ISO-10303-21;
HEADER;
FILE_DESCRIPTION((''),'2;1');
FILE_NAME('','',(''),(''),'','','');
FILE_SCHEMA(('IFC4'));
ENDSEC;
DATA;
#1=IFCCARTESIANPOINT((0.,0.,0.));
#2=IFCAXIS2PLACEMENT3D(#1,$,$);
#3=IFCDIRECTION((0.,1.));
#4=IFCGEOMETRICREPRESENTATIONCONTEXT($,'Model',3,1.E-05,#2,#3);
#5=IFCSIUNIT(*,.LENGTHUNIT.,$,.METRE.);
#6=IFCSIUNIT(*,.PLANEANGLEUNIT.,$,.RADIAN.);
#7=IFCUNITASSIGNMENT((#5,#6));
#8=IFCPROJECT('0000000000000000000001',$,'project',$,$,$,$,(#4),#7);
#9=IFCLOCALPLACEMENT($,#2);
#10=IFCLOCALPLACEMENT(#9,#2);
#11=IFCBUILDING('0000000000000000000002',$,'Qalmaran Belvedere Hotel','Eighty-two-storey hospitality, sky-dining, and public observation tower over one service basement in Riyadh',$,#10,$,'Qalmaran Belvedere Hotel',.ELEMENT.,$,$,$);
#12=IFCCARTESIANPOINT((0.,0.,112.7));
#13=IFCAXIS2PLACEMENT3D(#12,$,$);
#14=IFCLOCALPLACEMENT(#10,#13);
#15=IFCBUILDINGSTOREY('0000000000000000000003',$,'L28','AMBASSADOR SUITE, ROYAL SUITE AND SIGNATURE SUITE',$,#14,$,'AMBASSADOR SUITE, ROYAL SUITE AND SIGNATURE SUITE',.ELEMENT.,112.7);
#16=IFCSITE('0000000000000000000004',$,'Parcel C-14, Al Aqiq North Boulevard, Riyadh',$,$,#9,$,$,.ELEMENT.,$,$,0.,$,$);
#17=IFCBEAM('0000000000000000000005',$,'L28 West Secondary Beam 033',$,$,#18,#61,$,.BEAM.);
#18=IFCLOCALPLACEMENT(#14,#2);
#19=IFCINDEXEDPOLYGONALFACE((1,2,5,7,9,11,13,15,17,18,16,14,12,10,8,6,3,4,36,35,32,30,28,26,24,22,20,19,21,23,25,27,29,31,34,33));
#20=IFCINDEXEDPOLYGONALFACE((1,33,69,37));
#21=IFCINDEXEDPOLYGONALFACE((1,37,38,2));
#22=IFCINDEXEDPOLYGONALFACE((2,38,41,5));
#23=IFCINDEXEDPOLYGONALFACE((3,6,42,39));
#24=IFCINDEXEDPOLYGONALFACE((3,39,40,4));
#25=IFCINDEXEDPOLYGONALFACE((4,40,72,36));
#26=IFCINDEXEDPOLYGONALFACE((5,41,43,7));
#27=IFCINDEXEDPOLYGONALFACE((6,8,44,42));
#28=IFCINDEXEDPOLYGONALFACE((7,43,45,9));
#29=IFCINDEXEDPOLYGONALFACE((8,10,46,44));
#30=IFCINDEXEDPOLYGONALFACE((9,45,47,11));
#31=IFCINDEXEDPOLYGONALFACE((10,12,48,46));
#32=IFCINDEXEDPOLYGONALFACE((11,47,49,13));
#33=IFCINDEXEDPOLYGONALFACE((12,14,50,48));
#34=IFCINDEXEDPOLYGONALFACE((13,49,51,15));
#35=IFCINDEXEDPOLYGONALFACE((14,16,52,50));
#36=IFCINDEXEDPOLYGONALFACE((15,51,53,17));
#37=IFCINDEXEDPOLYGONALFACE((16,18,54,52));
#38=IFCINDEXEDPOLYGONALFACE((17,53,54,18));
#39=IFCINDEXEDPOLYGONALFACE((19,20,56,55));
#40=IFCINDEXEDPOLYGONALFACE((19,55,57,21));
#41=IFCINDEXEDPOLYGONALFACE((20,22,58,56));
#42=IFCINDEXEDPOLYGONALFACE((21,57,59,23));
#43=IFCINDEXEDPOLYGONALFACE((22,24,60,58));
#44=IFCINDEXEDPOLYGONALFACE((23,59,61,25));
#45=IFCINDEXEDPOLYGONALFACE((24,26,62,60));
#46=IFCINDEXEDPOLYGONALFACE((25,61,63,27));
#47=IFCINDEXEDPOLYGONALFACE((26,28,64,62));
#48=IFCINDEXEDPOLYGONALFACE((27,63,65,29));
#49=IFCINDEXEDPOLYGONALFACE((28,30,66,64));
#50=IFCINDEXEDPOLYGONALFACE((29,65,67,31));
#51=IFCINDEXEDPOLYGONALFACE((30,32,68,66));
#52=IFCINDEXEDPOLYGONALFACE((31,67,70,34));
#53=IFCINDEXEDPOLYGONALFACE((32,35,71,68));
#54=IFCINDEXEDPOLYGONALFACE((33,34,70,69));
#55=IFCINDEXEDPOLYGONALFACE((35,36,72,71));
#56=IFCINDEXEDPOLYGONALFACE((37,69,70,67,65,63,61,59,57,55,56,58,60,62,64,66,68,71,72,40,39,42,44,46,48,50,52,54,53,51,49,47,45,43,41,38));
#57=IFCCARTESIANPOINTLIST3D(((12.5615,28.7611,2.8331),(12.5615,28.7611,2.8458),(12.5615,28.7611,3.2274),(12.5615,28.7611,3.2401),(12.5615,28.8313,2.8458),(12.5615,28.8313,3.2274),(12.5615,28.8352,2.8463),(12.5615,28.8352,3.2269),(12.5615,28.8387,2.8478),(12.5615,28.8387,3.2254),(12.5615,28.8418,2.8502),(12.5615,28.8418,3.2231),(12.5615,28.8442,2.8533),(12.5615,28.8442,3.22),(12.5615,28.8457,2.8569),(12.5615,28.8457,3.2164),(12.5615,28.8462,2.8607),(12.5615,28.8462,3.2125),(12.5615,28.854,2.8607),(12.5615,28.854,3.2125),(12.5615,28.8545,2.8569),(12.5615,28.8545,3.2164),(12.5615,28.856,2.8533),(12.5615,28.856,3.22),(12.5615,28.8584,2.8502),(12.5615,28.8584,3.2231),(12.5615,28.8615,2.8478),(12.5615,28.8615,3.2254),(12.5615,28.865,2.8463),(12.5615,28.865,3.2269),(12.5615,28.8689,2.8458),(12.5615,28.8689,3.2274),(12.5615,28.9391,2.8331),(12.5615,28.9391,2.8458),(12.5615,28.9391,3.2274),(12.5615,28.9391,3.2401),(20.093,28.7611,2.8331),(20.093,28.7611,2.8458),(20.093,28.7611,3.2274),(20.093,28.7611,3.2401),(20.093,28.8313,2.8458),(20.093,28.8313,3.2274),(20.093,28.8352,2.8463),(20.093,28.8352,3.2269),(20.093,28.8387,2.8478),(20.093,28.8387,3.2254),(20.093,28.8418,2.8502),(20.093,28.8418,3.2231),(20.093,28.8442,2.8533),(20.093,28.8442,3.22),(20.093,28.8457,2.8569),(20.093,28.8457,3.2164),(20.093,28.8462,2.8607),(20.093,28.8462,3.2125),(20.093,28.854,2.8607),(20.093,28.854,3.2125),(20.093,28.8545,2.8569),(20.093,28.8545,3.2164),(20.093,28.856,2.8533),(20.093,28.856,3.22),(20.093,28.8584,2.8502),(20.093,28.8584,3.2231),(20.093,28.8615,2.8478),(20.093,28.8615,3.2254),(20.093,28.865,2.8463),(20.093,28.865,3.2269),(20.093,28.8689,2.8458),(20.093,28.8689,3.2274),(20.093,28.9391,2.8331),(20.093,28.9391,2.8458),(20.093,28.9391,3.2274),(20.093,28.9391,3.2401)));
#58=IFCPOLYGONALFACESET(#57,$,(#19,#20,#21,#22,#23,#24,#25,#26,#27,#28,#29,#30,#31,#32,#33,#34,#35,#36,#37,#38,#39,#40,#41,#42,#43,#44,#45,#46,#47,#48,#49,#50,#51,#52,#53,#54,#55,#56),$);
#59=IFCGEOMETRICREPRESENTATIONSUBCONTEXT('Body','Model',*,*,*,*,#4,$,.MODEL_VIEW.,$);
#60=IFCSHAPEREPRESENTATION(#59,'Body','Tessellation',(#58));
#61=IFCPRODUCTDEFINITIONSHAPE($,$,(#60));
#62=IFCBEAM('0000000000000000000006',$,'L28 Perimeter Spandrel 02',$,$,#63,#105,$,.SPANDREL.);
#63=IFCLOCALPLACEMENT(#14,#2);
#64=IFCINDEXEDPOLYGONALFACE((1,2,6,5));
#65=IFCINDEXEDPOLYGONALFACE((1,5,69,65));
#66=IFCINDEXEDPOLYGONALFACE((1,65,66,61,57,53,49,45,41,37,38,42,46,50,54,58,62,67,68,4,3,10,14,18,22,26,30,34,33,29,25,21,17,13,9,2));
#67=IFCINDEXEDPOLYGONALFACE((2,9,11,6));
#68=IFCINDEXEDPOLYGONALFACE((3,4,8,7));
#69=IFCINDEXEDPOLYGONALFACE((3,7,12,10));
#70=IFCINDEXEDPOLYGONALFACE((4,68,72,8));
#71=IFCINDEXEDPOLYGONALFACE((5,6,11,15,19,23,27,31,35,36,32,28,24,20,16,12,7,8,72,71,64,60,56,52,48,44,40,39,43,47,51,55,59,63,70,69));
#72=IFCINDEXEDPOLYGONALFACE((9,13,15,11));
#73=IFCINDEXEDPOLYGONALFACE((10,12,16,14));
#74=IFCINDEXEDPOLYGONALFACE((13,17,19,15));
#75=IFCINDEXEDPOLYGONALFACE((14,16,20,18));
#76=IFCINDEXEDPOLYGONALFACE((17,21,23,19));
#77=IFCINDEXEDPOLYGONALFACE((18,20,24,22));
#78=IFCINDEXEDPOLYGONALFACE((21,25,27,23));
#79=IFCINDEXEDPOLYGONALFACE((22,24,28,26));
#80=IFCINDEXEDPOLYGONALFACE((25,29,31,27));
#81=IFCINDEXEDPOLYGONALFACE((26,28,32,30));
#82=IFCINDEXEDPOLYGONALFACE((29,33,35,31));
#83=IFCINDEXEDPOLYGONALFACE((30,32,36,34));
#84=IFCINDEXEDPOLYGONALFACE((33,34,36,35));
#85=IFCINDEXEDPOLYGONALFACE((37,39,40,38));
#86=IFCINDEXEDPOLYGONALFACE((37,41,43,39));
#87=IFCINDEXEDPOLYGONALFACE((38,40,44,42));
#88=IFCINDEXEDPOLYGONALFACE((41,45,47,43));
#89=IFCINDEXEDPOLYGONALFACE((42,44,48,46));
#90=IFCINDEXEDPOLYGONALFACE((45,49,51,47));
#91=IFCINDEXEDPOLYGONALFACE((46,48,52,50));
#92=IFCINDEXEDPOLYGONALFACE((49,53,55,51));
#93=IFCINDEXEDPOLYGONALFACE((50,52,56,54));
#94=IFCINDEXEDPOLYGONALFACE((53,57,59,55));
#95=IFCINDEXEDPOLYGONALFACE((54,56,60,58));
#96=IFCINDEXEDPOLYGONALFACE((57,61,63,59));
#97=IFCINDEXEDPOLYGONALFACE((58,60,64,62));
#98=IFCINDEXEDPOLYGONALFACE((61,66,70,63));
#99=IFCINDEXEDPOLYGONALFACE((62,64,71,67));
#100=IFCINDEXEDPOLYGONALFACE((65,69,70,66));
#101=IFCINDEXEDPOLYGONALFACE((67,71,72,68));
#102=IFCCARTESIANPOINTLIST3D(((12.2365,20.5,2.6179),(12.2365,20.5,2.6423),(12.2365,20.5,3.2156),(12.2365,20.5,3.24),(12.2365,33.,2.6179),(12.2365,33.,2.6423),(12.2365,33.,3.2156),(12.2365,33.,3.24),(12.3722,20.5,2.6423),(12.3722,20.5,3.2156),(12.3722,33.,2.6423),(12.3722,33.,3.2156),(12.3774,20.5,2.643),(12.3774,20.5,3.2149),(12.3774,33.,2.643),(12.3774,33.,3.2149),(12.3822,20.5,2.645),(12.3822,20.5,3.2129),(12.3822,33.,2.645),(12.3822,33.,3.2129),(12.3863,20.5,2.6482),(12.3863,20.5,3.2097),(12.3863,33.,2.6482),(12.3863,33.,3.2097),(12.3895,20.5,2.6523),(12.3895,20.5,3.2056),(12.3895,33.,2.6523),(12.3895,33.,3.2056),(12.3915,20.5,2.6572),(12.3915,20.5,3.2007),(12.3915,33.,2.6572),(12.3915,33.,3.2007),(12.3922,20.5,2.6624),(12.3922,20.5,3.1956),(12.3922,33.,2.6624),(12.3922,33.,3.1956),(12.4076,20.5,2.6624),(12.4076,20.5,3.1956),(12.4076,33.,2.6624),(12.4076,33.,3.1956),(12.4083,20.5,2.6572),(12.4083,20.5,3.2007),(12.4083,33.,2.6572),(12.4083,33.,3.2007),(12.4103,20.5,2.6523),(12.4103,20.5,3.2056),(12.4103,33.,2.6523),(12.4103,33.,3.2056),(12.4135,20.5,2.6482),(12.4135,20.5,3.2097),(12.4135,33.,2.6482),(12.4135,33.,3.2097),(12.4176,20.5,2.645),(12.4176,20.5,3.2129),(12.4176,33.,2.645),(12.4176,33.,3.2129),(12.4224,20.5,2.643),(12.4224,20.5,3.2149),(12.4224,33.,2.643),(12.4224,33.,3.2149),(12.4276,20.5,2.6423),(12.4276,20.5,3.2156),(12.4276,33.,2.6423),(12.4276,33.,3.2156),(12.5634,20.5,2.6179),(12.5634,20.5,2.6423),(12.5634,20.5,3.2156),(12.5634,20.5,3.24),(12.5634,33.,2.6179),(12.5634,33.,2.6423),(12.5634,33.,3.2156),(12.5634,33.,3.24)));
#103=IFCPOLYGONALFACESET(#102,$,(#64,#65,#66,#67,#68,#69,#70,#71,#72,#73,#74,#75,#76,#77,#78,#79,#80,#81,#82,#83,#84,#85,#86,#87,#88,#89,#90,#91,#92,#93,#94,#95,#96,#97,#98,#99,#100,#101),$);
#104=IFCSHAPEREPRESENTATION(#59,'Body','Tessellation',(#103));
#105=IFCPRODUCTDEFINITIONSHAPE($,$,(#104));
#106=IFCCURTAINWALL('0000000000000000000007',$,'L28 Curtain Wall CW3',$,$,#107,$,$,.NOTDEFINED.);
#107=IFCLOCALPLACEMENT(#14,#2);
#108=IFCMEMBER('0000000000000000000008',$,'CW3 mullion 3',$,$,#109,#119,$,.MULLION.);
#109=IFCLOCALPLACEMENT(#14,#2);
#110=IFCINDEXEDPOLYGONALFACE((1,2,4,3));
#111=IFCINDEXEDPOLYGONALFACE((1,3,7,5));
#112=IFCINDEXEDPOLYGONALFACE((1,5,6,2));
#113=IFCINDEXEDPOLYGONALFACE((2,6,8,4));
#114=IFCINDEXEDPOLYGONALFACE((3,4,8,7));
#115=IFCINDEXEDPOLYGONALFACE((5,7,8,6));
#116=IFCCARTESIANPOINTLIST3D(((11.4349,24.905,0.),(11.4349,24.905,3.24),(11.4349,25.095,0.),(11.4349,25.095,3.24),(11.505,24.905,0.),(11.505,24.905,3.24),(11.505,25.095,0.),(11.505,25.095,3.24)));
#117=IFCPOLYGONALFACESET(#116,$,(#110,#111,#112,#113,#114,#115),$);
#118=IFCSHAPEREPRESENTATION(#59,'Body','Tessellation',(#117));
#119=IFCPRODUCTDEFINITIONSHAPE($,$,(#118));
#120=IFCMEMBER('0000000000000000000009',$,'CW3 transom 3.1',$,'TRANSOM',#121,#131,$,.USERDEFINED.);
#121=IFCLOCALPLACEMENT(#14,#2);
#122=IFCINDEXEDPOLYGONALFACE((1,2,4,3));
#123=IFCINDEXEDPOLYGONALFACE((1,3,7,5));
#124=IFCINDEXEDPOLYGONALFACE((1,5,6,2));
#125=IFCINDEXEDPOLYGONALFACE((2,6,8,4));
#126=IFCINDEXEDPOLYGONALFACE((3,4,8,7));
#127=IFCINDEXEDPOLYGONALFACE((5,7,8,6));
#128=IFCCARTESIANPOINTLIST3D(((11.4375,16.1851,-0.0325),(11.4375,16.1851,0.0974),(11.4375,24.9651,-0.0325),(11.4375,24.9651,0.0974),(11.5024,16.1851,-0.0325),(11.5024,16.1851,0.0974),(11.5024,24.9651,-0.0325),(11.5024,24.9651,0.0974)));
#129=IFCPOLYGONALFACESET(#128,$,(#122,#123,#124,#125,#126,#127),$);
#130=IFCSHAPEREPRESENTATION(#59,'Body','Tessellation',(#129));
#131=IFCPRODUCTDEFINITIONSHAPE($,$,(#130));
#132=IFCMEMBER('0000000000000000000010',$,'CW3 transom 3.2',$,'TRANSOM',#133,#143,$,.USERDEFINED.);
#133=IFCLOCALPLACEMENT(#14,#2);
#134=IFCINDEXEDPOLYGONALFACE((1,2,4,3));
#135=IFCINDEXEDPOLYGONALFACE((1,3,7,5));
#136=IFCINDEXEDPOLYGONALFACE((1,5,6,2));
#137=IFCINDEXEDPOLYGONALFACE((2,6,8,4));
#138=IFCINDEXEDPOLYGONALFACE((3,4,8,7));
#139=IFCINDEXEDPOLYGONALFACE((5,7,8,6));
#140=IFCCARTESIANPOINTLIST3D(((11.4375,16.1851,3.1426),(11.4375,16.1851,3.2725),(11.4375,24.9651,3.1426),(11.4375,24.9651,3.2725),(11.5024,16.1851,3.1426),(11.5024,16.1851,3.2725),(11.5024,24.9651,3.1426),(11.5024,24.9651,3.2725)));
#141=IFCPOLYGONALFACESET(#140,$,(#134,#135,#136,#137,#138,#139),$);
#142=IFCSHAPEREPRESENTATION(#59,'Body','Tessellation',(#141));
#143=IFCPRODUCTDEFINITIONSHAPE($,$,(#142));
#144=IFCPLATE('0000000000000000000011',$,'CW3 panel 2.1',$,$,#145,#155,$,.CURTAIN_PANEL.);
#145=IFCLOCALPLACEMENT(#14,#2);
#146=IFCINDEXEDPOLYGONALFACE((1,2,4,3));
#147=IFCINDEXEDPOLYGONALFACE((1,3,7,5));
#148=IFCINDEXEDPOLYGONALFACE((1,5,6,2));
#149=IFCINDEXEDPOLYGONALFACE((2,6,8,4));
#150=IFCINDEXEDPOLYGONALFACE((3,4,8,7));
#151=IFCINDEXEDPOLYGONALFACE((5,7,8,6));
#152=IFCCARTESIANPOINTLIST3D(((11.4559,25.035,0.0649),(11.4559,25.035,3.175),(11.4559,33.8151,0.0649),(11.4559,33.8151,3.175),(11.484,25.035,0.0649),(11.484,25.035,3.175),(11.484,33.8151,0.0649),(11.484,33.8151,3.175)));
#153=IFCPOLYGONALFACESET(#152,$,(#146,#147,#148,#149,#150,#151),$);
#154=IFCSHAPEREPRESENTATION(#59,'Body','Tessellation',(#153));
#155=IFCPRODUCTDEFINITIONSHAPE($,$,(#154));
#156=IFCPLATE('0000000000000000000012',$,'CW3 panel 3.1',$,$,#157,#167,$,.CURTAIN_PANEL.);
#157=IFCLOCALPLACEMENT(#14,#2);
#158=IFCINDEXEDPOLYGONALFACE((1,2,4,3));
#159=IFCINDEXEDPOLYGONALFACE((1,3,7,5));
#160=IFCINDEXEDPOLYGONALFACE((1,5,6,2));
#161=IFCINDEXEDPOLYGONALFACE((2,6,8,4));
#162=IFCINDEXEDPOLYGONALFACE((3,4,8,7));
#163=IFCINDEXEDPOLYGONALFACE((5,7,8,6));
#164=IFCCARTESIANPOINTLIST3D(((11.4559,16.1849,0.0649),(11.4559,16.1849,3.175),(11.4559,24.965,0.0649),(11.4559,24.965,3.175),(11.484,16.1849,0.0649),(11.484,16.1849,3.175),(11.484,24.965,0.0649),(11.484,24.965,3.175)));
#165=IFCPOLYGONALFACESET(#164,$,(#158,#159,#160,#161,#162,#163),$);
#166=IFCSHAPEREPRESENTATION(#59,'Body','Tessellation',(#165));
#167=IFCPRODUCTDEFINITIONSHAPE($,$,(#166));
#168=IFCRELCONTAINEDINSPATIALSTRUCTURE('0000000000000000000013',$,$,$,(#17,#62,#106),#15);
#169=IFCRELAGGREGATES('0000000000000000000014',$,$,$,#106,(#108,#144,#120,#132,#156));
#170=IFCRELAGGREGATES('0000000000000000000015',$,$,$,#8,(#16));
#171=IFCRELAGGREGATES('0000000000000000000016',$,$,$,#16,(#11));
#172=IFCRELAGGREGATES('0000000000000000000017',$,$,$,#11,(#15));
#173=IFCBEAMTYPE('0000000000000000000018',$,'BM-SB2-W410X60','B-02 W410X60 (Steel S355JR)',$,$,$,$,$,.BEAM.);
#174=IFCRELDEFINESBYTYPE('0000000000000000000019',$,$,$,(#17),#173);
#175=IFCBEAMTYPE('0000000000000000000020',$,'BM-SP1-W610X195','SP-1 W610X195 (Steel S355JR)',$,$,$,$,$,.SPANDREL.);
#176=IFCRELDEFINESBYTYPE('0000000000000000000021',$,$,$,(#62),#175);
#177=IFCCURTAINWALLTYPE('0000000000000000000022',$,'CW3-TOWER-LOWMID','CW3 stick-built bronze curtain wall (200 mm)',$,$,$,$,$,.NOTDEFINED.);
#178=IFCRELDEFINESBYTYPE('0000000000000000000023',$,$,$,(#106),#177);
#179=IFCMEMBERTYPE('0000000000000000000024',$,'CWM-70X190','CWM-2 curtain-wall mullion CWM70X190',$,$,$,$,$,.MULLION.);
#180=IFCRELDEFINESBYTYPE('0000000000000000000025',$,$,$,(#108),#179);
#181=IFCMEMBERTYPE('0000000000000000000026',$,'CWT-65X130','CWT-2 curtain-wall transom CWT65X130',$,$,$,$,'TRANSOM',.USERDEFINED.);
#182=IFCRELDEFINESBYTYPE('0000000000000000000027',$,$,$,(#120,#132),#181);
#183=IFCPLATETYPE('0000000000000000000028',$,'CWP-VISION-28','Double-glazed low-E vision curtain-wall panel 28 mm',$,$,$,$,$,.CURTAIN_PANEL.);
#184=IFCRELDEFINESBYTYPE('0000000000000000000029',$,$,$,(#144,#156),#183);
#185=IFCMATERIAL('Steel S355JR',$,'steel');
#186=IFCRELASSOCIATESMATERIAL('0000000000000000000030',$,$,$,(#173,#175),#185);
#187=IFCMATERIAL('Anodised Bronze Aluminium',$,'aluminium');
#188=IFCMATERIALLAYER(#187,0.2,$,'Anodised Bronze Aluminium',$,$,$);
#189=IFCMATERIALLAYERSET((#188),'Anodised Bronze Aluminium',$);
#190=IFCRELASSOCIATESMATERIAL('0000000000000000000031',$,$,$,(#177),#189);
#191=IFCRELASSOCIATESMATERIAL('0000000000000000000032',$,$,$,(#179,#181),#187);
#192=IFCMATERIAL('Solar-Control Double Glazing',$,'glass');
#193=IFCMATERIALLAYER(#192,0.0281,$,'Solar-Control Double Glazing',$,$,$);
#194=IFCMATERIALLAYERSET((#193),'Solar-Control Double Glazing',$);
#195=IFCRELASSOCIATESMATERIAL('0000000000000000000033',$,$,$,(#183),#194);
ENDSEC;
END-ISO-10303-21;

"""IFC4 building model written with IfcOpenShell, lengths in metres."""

from ifc_helpers import new_model, si_unit, direction, frame, origin, origin_2d, place, context, subcontext, project, spatial, rectangle, i_section, extrude, material, layer, layer_set, material_profile, profile_set, type_object, element, aggregate, save


model = new_model("IFC4")

# Units and contexts
model_context = context("Model", 3, precision=1e-05, world=origin(), true_north=direction((0.0, 1.0)))
body_context = subcontext(model_context, "Body", "Model", "MODEL_VIEW")
ifc_project = project(units=[si_unit("LENGTHUNIT", "METRE"), si_unit("PLANEANGLEUNIT", "RADIAN")], contexts=[model_context])

# Site, building, storey
site_placement = place(None, origin())
site = spatial("IfcSite", under=ifc_project, at=site_placement, Name="Parcel C-14, Al Aqiq North Boulevard, Riyadh", CompositionType="ELEMENT", RefElevation=0.0)
building_placement = place(site_placement, origin())
building = spatial("IfcBuilding", under=site, at=building_placement, Name="Qalmaran Belvedere Hotel", Description="Eighty-two-storey hospitality, sky-dining, and public observation tower over one service basement in Riyadh", LongName="Qalmaran Belvedere Hotel", CompositionType="ELEMENT")
storey_placement = place(building_placement, frame((0.0, 0.0, 112.7)))
storey = spatial("IfcBuildingStorey", under=building, at=storey_placement, Name="L28", Description="AMBASSADOR SUITE, ROYAL SUITE AND SIGNATURE SUITE", LongName="AMBASSADOR SUITE, ROYAL SUITE AND SIGNATURE SUITE", CompositionType="ELEMENT", Elevation=112.7)

# Beams
ifc_material_1 = material(Name="Steel S355JR", Category="steel")
ifc_material_profile_1 = material_profile(ifc_material_1, i_section(OverallWidth=0.178, OverallDepth=0.407, WebThickness=0.0078, FlangeThickness=0.0127, FilletRadius=0.0149, at=origin_2d()), Name="W410X60")
ifc_profile_set_1 = profile_set([ifc_material_profile_1], Name="Steel S355JR")
beam_type_1 = type_object("IfcBeamType", Name="BM-SB2-W410X60", Description="B-02 W410X60 (Steel S355JR)", PredefinedType="BEAM", material=ifc_profile_set_1)
for number, where, z_axis, x_axis, name in (
    (1, (12.5615, 28.8501, 3.0366), (1.0, 0.0, 0.0), (0.0, 1.0, 0.0), "L28 West Secondary Beam 033"),
):
    element("IfcBeam", number, at=place(storey_placement, frame(where, z_axis=z_axis, x_axis=x_axis)), inside=storey, type_object=beam_type_1, Name=name, PredefinedType="BEAM", context=body_context, shape_type="SweptSolid", body=[
        extrude(i_section(OverallWidth=0.178, OverallDepth=0.407, WebThickness=0.0078, FlangeThickness=0.0127, FilletRadius=0.0149, at=origin_2d()), origin(), (0.0, 0.0, 1.0), 7.5315),
    ])
ifc_material_profile_2 = material_profile(ifc_material_1, i_section(OverallWidth=0.3269, OverallDepth=0.6221, WebThickness=0.0154, FlangeThickness=0.0244, FilletRadius=0.02, at=origin_2d()), Name="W610X195")
ifc_profile_set_2 = profile_set([ifc_material_profile_2], Name="Steel S355JR")
beam_type_2 = type_object("IfcBeamType", Name="BM-SP1-W610X195", Description="SP-1 W610X195 (Steel S355JR)", PredefinedType="SPANDREL", material=ifc_profile_set_2)
beam_placement = place(storey_placement, frame((12.3999, 20.5, 2.929), z_axis=(0.0, 1.0, 0.0), x_axis=(-1.0, 0.0, 0.0)))
element("IfcBeam", 2, at=beam_placement, inside=storey, type_object=beam_type_2, Name="L28 Perimeter Spandrel 02", PredefinedType="SPANDREL", context=body_context, shape_type="SweptSolid", body=[
    extrude(i_section(OverallWidth=0.3269, OverallDepth=0.6221, WebThickness=0.0154, FlangeThickness=0.0244, FilletRadius=0.02, at=origin_2d()), origin(), (0.0, 0.0, 1.0), 12.5),
])

# Curtain wall, members, plates
ifc_material_2 = material(Name="Anodised Bronze Aluminium", Category="aluminium")
ifc_layer_1 = layer(ifc_material_2, 0.2, Name="Anodised Bronze Aluminium")
ifc_layer_set_1 = layer_set([ifc_layer_1], Name="Anodised Bronze Aluminium")
curtain_wall_type = type_object("IfcCurtainWallType", Name="CW3-TOWER-LOWMID", Description="CW3 stick-built bronze curtain wall (200 mm)", PredefinedType="NOTDEFINED", material=ifc_layer_set_1)
curtain_wall_placement = place(storey_placement, origin())
curtain_wall = element("IfcCurtainWall", 3, at=curtain_wall_placement, inside=storey, type_object=curtain_wall_type, Name="L28 Curtain Wall CW3", PredefinedType="NOTDEFINED")
ifc_material_profile_3 = material_profile(ifc_material_2, rectangle(XDim=0.0701, YDim=0.1899, at=origin_2d()), Name="CWM70X190")
ifc_profile_set_3 = profile_set([ifc_material_profile_3], Name="Anodised Bronze Aluminium")
member_type_1 = type_object("IfcMemberType", Name="CWM-70X190", Description="CWM-2 curtain-wall mullion CWM70X190", PredefinedType="MULLION", material=ifc_profile_set_3)
member_1_placement = place(storey_placement, frame((11.47, 25.0, 0.0), z_axis=(0.0, 0.0, 1.0), x_axis=(1.0, 0.0, 0.0)))
member_1 = element("IfcMember", 4, at=member_1_placement, type_object=member_type_1, Name="CW3 mullion 3", PredefinedType="MULLION", context=body_context, shape_type="SweptSolid", body=[
    extrude(rectangle(XDim=0.0701, YDim=0.1899, at=origin_2d()), origin(), (0.0, 0.0, 1.0), 3.24),
])
ifc_material_profile_4 = material_profile(ifc_material_2, rectangle(XDim=0.0649, YDim=0.1299, at=origin_2d()), Name="CWT65X130")
ifc_profile_set_4 = profile_set([ifc_material_profile_4], Name="Anodised Bronze Aluminium")
member_type_2 = type_object("IfcMemberType", Name="CWT-65X130", Description="CWT-2 curtain-wall transom CWT65X130", ElementType="TRANSOM", PredefinedType="USERDEFINED", material=ifc_profile_set_4)
member_2_placement = place(storey_placement, frame((11.47, 24.9651, 0.0325), z_axis=(0.0, -1.0, 0.0), x_axis=(1.0, 0.0, 0.0)))
member_2 = element("IfcMember", 5, at=member_2_placement, type_object=member_type_2, Name="CW3 transom 3.1", ObjectType="TRANSOM", PredefinedType="USERDEFINED", context=body_context, shape_type="SweptSolid", body=[
    extrude(rectangle(XDim=0.0649, YDim=0.1299, at=origin_2d()), origin(), (0.0, 0.0, 1.0), 8.78),
])
member_3_placement = place(storey_placement, frame((11.47, 24.9651, 3.2075), z_axis=(0.0, -1.0, 0.0), x_axis=(1.0, 0.0, 0.0)))
member_3 = element("IfcMember", 6, at=member_3_placement, type_object=member_type_2, Name="CW3 transom 3.2", ObjectType="TRANSOM", PredefinedType="USERDEFINED", context=body_context, shape_type="SweptSolid", body=[
    extrude(rectangle(XDim=0.0649, YDim=0.1299, at=origin_2d()), origin(), (0.0, 0.0, 1.0), 8.78),
])
ifc_material_3 = material(Name="Solar-Control Double Glazing", Category="glass")
ifc_layer_2 = layer(ifc_material_3, 0.0281, Name="Solar-Control Double Glazing")
ifc_layer_set_2 = layer_set([ifc_layer_2], Name="Solar-Control Double Glazing")
plate_type = type_object("IfcPlateType", Name="CWP-VISION-28", Description="Double-glazed low-E vision curtain-wall panel 28 mm", PredefinedType="CURTAIN_PANEL", material=ifc_layer_set_2)
plate_1_placement = place(storey_placement, frame((11.47, 29.425, 0.0649), z_axis=(0.0, 0.0, 1.0), x_axis=(0.0, -1.0, 0.0)))
plate_1 = element("IfcPlate", 7, at=plate_1_placement, type_object=plate_type, Name="CW3 panel 2.1", PredefinedType="CURTAIN_PANEL", context=body_context, shape_type="SweptSolid", body=[
    extrude(rectangle(XDim=8.78, YDim=0.0281, at=origin_2d()), origin(), (0.0, 0.0, 1.0), 3.1101),
])
plate_2_placement = place(storey_placement, frame((11.47, 20.575, 0.0649), z_axis=(0.0, 0.0, 1.0), x_axis=(0.0, -1.0, 0.0)))
plate_2 = element("IfcPlate", 8, at=plate_2_placement, type_object=plate_type, Name="CW3 panel 3.1", PredefinedType="CURTAIN_PANEL", context=body_context, shape_type="SweptSolid", body=[
    extrude(rectangle(XDim=8.78, YDim=0.0281, at=origin_2d()), origin(), (0.0, 0.0, 1.0), 3.1101),
])
aggregate(curtain_wall, [member_1, plate_1, member_2, member_3, plate_2])

save(model, "model.ifc")
